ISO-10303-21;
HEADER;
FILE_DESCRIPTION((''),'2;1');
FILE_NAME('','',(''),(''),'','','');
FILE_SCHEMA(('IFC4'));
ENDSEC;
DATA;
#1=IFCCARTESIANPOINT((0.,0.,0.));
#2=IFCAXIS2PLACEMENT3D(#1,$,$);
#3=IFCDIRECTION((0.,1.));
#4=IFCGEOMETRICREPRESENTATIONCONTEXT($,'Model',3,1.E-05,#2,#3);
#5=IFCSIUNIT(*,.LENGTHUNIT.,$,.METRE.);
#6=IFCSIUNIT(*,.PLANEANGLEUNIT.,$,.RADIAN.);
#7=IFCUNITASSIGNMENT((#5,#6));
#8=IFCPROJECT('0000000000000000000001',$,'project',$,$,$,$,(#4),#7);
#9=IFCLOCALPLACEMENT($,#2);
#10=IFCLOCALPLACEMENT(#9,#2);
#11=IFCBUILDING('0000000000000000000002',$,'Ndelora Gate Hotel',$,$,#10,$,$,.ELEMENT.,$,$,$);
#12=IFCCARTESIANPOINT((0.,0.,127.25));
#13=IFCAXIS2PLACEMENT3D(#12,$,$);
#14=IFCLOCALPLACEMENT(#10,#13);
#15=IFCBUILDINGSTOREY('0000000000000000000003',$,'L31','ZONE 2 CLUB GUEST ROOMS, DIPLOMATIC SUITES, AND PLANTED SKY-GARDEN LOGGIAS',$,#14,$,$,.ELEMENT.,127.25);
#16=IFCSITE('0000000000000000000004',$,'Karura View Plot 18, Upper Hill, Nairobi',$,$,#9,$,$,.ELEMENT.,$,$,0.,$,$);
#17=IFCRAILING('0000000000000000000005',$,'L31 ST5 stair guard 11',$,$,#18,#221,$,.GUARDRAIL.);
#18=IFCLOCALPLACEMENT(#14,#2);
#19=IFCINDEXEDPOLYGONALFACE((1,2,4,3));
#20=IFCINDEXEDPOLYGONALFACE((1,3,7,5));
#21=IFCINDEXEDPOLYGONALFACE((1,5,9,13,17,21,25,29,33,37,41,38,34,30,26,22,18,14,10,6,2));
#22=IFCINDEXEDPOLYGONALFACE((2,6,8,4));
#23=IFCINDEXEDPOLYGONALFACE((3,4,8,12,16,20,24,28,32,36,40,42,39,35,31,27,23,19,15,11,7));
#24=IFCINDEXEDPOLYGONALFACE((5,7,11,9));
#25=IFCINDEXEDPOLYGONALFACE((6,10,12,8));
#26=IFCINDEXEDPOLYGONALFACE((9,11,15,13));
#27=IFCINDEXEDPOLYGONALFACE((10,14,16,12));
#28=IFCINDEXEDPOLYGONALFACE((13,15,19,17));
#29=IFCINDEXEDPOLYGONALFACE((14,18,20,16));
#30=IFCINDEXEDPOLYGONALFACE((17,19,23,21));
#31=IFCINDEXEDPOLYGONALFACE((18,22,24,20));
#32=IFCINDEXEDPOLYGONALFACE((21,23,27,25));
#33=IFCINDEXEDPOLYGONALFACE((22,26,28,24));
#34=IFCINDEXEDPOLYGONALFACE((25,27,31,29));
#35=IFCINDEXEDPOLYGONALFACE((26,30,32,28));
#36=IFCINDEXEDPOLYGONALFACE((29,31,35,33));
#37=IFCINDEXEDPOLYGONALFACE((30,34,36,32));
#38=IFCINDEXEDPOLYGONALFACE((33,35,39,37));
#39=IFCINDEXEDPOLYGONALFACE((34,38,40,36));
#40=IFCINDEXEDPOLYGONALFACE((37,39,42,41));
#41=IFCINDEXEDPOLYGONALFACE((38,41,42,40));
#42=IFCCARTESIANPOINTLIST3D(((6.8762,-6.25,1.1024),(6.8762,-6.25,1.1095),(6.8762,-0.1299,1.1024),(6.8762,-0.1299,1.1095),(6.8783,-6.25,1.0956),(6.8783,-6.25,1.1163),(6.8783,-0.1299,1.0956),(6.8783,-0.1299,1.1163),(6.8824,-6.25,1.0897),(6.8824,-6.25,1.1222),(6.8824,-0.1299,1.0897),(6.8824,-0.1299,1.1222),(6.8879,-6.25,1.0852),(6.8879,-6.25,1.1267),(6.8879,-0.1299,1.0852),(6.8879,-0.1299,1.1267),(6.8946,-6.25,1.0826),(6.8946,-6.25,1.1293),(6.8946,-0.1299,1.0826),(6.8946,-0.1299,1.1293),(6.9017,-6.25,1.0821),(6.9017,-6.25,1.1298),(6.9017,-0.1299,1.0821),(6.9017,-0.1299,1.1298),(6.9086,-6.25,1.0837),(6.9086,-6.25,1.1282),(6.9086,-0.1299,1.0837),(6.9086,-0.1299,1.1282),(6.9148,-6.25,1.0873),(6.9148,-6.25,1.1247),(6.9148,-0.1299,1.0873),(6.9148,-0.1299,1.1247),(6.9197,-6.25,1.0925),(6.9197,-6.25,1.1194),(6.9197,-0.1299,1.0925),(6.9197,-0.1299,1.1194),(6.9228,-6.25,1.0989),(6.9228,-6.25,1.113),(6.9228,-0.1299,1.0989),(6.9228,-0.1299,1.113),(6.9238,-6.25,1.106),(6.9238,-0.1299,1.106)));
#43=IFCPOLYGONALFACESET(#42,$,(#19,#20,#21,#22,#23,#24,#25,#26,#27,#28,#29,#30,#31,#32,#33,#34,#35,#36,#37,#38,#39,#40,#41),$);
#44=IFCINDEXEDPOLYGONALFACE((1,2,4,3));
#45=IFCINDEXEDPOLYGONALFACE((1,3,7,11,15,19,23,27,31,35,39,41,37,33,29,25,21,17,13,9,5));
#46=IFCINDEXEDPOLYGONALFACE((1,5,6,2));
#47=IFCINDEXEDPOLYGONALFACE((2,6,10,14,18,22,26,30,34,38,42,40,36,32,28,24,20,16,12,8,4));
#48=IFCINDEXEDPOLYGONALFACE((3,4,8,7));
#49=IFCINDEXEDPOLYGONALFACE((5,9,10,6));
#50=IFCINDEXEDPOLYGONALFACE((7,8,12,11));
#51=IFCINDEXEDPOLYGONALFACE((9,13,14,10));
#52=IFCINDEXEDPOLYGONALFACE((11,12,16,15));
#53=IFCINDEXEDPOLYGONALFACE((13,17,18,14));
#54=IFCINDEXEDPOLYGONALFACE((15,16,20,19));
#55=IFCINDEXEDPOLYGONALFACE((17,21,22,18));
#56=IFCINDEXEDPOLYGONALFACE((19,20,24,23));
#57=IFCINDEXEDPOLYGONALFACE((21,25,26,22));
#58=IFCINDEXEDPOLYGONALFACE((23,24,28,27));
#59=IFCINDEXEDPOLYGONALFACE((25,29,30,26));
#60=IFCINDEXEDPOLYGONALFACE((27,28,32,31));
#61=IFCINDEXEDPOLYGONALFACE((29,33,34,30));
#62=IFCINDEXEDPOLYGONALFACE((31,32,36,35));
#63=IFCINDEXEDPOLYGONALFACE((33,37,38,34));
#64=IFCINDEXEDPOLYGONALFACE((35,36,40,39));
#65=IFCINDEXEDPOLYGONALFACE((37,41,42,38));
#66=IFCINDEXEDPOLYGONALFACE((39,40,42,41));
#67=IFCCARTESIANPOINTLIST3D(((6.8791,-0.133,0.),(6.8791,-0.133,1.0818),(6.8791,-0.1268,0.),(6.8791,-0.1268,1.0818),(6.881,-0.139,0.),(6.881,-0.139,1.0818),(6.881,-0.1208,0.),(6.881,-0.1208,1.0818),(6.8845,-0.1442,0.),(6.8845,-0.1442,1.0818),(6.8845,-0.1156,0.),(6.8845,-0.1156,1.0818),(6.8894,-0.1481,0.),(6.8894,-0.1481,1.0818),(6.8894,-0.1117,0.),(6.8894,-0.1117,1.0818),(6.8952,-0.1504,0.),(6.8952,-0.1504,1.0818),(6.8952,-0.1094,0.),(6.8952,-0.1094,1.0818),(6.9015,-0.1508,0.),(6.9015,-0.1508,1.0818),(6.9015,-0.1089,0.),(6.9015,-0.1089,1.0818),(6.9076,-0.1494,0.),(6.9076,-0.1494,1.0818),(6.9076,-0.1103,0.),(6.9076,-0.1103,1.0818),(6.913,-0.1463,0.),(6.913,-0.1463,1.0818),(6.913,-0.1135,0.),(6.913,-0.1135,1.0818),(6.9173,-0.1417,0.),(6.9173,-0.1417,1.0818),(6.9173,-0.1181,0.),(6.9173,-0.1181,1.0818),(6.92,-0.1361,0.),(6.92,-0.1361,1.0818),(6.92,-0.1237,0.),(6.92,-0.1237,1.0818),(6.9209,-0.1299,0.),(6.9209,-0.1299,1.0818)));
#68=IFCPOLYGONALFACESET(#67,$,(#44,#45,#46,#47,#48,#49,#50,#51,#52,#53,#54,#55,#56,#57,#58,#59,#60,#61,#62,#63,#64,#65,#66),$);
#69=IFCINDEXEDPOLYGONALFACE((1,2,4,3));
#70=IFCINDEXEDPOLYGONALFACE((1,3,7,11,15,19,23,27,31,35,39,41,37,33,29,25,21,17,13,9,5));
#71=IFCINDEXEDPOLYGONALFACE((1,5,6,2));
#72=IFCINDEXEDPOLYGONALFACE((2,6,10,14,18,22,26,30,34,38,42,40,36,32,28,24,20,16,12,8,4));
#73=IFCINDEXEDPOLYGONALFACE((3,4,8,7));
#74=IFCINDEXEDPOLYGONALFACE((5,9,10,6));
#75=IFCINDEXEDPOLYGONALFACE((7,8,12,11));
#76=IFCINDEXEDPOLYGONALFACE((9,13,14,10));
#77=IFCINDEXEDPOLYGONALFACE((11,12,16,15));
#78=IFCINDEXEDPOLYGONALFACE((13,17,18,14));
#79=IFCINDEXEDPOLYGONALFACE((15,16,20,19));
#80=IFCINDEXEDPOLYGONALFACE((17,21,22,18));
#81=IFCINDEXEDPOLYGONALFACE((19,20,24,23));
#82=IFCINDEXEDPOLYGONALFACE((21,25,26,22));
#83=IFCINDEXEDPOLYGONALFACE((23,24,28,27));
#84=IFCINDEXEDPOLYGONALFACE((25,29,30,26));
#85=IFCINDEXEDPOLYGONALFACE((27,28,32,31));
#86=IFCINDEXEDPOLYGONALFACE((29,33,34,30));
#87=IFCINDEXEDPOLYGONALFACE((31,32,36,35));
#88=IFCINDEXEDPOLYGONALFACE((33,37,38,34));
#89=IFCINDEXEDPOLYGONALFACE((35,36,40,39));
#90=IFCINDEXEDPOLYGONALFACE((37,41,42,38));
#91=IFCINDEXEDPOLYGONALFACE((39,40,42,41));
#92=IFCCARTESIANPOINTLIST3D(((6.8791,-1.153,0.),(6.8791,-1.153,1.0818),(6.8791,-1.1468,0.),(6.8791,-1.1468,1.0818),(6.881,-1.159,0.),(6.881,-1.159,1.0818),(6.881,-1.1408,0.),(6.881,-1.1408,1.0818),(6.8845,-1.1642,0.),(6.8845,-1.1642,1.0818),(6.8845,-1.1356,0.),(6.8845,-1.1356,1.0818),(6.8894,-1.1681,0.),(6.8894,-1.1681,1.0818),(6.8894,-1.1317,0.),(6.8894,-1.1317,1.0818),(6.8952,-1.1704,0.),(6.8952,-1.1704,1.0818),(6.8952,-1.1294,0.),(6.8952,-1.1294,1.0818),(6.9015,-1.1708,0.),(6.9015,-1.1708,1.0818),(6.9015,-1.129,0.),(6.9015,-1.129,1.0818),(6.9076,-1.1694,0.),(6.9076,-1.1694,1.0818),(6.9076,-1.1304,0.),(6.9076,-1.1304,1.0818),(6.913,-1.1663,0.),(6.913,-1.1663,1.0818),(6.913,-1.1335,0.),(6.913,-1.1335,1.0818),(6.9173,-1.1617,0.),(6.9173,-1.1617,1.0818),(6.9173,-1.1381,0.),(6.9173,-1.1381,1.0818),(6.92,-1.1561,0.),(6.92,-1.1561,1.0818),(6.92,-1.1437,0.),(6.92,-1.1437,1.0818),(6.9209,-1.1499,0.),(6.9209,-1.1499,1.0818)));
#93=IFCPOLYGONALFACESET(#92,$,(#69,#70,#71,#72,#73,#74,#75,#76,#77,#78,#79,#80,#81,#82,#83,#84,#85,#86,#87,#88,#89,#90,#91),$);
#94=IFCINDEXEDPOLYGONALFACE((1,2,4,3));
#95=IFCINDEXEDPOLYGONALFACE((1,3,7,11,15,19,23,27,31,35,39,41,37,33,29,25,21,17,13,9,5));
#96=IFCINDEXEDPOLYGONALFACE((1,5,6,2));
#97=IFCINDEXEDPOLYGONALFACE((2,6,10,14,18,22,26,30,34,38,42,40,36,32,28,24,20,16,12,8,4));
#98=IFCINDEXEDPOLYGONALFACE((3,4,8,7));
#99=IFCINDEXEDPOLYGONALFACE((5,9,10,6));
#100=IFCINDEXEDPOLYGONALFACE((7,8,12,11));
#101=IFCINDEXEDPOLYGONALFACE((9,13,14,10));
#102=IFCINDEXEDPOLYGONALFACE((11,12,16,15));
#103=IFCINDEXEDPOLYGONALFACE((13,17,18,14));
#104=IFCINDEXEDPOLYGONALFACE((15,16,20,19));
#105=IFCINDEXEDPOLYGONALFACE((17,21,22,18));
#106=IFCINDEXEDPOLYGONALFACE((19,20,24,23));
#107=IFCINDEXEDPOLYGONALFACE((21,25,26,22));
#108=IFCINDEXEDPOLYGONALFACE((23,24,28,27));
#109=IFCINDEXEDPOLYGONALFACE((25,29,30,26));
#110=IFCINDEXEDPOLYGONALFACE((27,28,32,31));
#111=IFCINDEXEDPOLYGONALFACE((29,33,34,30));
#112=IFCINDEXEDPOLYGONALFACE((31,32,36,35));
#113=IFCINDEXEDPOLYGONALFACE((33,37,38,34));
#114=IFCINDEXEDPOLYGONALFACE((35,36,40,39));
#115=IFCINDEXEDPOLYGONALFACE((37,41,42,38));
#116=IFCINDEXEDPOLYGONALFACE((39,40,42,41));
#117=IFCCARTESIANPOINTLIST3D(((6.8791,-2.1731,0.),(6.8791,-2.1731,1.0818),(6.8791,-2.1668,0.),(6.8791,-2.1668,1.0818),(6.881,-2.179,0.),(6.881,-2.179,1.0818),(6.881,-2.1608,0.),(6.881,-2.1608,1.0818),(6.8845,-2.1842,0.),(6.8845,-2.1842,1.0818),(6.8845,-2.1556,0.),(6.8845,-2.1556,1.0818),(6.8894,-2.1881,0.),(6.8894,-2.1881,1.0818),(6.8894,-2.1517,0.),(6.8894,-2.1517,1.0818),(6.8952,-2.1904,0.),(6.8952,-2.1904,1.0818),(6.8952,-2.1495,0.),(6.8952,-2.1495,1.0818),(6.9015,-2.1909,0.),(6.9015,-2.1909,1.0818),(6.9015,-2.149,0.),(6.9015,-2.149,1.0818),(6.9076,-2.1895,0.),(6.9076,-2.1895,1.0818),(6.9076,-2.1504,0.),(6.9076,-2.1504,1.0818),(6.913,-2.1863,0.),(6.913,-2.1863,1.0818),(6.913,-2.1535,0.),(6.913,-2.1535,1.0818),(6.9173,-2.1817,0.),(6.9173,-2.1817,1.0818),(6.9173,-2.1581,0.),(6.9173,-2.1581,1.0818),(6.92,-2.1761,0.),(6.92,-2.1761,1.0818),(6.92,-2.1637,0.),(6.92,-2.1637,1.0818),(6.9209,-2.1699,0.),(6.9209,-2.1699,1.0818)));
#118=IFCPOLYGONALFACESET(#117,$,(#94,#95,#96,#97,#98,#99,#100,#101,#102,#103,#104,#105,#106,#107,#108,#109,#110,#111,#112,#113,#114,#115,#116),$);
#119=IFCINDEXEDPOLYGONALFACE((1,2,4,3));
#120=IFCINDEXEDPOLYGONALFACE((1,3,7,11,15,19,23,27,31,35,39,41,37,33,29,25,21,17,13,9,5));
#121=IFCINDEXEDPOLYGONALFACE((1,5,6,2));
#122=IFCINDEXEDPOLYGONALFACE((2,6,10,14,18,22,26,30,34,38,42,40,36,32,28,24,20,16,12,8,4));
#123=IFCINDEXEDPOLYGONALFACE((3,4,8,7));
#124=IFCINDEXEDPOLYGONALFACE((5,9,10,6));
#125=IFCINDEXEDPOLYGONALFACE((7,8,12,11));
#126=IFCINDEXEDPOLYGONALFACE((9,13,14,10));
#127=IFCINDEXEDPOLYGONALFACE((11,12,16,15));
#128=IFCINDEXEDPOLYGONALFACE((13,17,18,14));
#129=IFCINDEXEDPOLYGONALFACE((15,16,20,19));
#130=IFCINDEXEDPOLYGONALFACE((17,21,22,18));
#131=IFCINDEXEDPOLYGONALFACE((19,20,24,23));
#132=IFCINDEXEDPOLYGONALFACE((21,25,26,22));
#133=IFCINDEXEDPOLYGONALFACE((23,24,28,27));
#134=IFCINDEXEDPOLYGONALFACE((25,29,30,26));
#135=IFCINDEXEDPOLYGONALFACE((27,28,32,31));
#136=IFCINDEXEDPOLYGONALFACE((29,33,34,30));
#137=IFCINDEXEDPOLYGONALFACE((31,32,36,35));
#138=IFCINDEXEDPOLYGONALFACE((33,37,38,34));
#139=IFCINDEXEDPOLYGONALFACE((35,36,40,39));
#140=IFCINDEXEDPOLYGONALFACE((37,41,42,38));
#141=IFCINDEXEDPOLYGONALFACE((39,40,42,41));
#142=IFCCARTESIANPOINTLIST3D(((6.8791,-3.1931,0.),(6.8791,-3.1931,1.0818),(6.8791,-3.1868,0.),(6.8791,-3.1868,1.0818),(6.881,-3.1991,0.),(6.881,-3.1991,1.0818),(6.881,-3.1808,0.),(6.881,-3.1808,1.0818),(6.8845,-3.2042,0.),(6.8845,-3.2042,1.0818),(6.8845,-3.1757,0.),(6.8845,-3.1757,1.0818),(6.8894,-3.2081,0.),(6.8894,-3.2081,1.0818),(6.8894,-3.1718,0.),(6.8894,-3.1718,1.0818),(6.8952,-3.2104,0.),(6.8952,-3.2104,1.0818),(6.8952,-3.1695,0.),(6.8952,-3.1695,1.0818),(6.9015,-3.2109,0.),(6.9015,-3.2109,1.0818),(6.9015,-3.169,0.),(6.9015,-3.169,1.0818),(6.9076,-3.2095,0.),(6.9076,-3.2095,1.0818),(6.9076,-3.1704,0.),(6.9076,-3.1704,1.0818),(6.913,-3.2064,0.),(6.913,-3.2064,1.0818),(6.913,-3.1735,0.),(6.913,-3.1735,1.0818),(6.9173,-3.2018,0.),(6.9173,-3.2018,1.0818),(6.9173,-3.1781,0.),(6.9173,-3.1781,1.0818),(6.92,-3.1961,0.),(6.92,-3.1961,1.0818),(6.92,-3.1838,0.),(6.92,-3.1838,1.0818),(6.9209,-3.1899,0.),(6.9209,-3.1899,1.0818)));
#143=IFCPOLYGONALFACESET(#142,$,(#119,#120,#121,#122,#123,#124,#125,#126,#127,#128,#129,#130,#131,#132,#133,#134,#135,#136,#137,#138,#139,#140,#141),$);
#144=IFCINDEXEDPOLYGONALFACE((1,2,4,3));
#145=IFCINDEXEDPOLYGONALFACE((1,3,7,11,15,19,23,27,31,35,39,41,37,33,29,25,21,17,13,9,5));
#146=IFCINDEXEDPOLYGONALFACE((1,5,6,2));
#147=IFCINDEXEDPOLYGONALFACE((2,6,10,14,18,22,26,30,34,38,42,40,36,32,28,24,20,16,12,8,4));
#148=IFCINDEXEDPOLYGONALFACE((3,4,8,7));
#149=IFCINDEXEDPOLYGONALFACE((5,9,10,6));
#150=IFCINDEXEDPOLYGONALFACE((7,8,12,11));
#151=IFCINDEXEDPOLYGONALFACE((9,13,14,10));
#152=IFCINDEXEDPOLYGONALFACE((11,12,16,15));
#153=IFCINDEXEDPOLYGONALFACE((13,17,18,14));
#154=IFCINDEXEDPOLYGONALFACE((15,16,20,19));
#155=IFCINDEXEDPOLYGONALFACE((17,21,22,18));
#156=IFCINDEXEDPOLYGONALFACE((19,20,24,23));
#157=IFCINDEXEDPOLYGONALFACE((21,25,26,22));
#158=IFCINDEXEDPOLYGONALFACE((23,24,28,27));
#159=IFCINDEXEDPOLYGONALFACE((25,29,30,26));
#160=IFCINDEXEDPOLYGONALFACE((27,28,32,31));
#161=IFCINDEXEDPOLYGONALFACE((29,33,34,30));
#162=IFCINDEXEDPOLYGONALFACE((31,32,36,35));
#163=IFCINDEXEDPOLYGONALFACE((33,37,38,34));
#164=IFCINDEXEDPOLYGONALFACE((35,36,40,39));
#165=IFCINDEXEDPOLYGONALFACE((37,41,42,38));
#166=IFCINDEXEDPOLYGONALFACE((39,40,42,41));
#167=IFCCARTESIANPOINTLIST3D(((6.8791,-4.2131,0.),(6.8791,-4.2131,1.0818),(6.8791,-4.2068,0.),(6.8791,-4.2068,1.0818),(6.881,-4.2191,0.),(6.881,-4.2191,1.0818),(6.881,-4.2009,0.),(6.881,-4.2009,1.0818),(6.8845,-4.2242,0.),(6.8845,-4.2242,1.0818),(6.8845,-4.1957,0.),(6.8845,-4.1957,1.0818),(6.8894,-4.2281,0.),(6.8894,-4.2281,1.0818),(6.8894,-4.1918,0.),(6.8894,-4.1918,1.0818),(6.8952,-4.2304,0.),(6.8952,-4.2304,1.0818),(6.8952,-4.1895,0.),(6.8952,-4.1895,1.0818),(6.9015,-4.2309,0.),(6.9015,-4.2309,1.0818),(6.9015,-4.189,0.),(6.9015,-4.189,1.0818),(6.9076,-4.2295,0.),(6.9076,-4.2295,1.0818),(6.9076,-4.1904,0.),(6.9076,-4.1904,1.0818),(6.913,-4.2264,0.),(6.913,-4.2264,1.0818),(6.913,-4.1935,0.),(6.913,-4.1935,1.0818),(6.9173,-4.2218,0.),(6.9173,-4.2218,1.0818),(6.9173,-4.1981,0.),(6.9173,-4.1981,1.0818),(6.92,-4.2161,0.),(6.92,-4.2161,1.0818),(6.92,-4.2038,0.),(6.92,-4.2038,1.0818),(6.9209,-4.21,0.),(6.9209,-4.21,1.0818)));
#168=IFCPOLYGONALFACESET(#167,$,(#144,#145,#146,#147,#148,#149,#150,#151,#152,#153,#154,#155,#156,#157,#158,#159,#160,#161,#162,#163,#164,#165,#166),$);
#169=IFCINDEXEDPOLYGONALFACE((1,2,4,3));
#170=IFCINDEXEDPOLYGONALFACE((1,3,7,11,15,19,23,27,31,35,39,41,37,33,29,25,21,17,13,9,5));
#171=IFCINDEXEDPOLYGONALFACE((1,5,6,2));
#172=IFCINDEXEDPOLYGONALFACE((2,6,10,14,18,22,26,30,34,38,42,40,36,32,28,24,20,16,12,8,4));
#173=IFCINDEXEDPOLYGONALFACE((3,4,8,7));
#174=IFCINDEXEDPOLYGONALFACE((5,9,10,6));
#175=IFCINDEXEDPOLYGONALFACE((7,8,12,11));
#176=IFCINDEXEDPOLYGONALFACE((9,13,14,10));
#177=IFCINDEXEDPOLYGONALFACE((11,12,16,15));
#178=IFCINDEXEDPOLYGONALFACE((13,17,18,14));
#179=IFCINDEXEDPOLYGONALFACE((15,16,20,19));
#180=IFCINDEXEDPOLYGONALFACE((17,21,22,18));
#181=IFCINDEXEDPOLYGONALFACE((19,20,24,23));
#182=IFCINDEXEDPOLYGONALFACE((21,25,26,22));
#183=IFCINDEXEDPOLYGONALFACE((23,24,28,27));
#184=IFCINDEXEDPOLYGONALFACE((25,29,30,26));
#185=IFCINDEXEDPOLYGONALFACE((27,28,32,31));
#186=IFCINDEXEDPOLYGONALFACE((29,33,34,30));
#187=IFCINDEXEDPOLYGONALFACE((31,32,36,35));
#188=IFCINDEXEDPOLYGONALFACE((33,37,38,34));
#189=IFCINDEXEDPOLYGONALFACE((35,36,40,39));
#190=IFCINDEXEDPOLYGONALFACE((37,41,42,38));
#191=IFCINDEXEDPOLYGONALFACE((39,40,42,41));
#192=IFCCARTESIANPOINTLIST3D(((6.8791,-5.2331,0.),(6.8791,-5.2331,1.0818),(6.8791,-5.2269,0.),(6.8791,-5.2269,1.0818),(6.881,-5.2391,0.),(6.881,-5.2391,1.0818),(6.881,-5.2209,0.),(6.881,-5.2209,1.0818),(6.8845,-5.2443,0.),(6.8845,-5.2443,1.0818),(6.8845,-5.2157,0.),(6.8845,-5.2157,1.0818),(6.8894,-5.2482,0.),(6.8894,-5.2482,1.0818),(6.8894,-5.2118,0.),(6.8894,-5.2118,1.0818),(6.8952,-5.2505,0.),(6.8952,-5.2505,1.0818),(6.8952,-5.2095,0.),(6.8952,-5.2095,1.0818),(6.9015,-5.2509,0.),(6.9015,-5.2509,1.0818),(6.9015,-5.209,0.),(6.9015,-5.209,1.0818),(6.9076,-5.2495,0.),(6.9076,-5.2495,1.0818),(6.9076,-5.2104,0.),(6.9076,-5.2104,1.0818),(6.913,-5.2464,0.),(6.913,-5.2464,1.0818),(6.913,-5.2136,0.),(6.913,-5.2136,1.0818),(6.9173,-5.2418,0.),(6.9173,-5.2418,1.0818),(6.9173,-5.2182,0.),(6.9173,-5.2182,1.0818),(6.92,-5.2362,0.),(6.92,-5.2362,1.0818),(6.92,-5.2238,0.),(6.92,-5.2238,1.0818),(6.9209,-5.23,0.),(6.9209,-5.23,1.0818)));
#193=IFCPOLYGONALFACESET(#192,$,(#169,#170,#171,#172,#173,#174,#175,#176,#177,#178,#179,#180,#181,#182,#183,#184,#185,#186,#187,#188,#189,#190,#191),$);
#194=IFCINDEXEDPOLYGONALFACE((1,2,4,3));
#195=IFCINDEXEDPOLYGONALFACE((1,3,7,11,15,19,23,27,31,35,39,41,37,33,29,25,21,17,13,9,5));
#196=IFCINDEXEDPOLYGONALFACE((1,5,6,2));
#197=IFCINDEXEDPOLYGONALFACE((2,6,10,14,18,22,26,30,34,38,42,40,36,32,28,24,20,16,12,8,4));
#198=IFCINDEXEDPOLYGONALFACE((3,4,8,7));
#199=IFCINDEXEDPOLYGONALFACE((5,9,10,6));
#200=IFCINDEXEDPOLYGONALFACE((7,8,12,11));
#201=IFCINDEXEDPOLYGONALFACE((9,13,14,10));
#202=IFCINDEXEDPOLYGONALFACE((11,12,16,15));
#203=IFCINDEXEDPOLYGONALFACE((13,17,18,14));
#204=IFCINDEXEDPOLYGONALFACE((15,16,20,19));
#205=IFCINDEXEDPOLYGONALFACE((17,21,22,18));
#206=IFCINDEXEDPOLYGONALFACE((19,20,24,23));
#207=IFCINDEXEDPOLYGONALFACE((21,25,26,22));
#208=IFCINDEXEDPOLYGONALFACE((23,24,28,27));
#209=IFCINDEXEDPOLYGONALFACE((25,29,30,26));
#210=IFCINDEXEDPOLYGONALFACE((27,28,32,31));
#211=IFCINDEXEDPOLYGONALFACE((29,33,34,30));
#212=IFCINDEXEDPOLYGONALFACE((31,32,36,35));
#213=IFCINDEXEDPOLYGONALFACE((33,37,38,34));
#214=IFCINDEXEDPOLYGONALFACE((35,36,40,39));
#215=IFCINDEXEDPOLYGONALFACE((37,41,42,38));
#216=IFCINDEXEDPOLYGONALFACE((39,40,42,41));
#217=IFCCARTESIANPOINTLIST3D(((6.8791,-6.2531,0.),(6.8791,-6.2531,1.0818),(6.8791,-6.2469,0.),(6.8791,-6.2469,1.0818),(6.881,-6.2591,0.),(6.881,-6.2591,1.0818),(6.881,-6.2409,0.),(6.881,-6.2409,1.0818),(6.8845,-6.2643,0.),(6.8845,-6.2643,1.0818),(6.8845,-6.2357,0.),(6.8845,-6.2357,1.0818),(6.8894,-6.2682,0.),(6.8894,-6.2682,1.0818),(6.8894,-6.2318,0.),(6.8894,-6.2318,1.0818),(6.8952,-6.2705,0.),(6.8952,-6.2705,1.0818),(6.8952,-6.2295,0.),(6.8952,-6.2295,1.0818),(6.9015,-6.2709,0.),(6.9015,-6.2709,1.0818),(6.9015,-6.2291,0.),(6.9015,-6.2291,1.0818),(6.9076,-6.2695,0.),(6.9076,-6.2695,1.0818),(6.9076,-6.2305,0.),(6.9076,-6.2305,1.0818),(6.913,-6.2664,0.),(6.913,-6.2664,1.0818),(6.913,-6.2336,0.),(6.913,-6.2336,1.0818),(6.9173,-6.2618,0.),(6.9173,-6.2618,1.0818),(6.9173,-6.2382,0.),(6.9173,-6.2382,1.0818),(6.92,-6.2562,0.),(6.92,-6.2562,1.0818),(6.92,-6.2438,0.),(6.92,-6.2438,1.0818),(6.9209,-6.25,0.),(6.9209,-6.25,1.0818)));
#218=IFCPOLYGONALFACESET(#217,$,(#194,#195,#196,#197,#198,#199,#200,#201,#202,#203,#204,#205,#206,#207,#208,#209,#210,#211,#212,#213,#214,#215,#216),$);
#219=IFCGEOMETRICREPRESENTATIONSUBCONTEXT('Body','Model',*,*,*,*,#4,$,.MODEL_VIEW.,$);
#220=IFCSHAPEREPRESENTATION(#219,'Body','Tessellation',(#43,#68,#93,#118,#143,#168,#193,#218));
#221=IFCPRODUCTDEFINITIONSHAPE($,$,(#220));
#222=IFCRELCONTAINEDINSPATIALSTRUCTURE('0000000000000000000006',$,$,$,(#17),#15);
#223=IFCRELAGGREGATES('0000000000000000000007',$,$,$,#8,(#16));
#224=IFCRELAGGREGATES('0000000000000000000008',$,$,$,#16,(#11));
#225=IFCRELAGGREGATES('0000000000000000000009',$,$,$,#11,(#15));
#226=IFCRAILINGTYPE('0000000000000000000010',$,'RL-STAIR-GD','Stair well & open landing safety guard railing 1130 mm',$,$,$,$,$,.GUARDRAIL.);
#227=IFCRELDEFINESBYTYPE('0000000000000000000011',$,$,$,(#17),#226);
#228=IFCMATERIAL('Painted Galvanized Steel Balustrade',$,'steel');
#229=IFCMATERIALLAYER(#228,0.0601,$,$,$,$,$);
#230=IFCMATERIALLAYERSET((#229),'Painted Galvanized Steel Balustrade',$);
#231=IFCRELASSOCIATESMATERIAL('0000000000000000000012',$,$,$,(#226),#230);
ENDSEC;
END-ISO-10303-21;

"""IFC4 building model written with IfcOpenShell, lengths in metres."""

from ifc_helpers import new_model, si_unit, direction, frame, origin, origin_2d, place, context, subcontext, project, spatial, circle, extrude, material, layer, layer_set, type_object, element, save


model = new_model("IFC4")

# Units and contexts
model_context = context("Model", 3, precision=1e-05, world=origin(), true_north=direction((0.0, 1.0)))
body_context = subcontext(model_context, "Body", "Model", "MODEL_VIEW")
ifc_project = project(units=[si_unit("LENGTHUNIT", "METRE"), si_unit("PLANEANGLEUNIT", "RADIAN")], contexts=[model_context])

# Site, building, storey
site_placement = place(None, origin())
site = spatial("IfcSite", under=ifc_project, at=site_placement, Name="Karura View Plot 18, Upper Hill, Nairobi", CompositionType="ELEMENT", RefElevation=0.0)
building_placement = place(site_placement, origin())
building = spatial("IfcBuilding", under=site, at=building_placement, Name="Ndelora Gate Hotel", CompositionType="ELEMENT")
storey_placement = place(building_placement, frame((0.0, 0.0, 127.25)))
storey = spatial("IfcBuildingStorey", under=building, at=storey_placement, Name="L31", Description="ZONE 2 CLUB GUEST ROOMS, DIPLOMATIC SUITES, AND PLANTED SKY-GARDEN LOGGIAS", CompositionType="ELEMENT", Elevation=127.25)

# Railing
ifc_material_1 = material(Name="Painted Galvanized Steel Balustrade", Category="steel")
ifc_layer_1 = layer(ifc_material_1, 0.0601)
ifc_layer_set_1 = layer_set([ifc_layer_1], Name="Painted Galvanized Steel Balustrade")
railing_type_1 = type_object("IfcRailingType", Name="RL-STAIR-GD", Description="Stair well & open landing safety guard railing 1130 mm", PredefinedType="GUARDRAIL", material=ifc_layer_set_1)
railing_1_placement = place(storey_placement, frame((6.8999, -0.1299, 0.0)))
element("IfcRailing", 1, at=railing_1_placement, inside=storey, type_object=railing_type_1, Name="L31 ST5 stair guard 11", PredefinedType="GUARDRAIL", context=body_context, shape_type="SweptSolid", body=[
    extrude(circle(Radius=0.0239, at=origin_2d()), frame((0.0, 0.0, 1.106), z_axis=(0.0, -1.0, 0.0), x_axis=(1.0, 0.0, 0.0)), (0.0, 0.0, 1.0), 6.1201),
    extrude(circle(Radius=0.021, at=origin_2d()), origin(), (0.0, 0.0, 1.0), 1.0818),
    extrude(circle(Radius=0.021, at=origin_2d()), frame((0.0, -1.02, 0.0)), (0.0, 0.0, 1.0), 1.0818),
    extrude(circle(Radius=0.021, at=origin_2d()), frame((0.0, -2.04, 0.0)), (0.0, 0.0, 1.0), 1.0818),
    extrude(circle(Radius=0.021, at=origin_2d()), frame((0.0, -3.0601, 0.0)), (0.0, 0.0, 1.0), 1.0818),
    extrude(circle(Radius=0.021, at=origin_2d()), frame((0.0, -4.0801, 0.0)), (0.0, 0.0, 1.0), 1.0818),
    extrude(circle(Radius=0.021, at=origin_2d()), frame((0.0, -5.1001, 0.0)), (0.0, 0.0, 1.0), 1.0818),
    extrude(circle(Radius=0.021, at=origin_2d()), frame((0.0, -6.1201, 0.0)), (0.0, 0.0, 1.0), 1.0818),
])

save(model, "model.ifc")
